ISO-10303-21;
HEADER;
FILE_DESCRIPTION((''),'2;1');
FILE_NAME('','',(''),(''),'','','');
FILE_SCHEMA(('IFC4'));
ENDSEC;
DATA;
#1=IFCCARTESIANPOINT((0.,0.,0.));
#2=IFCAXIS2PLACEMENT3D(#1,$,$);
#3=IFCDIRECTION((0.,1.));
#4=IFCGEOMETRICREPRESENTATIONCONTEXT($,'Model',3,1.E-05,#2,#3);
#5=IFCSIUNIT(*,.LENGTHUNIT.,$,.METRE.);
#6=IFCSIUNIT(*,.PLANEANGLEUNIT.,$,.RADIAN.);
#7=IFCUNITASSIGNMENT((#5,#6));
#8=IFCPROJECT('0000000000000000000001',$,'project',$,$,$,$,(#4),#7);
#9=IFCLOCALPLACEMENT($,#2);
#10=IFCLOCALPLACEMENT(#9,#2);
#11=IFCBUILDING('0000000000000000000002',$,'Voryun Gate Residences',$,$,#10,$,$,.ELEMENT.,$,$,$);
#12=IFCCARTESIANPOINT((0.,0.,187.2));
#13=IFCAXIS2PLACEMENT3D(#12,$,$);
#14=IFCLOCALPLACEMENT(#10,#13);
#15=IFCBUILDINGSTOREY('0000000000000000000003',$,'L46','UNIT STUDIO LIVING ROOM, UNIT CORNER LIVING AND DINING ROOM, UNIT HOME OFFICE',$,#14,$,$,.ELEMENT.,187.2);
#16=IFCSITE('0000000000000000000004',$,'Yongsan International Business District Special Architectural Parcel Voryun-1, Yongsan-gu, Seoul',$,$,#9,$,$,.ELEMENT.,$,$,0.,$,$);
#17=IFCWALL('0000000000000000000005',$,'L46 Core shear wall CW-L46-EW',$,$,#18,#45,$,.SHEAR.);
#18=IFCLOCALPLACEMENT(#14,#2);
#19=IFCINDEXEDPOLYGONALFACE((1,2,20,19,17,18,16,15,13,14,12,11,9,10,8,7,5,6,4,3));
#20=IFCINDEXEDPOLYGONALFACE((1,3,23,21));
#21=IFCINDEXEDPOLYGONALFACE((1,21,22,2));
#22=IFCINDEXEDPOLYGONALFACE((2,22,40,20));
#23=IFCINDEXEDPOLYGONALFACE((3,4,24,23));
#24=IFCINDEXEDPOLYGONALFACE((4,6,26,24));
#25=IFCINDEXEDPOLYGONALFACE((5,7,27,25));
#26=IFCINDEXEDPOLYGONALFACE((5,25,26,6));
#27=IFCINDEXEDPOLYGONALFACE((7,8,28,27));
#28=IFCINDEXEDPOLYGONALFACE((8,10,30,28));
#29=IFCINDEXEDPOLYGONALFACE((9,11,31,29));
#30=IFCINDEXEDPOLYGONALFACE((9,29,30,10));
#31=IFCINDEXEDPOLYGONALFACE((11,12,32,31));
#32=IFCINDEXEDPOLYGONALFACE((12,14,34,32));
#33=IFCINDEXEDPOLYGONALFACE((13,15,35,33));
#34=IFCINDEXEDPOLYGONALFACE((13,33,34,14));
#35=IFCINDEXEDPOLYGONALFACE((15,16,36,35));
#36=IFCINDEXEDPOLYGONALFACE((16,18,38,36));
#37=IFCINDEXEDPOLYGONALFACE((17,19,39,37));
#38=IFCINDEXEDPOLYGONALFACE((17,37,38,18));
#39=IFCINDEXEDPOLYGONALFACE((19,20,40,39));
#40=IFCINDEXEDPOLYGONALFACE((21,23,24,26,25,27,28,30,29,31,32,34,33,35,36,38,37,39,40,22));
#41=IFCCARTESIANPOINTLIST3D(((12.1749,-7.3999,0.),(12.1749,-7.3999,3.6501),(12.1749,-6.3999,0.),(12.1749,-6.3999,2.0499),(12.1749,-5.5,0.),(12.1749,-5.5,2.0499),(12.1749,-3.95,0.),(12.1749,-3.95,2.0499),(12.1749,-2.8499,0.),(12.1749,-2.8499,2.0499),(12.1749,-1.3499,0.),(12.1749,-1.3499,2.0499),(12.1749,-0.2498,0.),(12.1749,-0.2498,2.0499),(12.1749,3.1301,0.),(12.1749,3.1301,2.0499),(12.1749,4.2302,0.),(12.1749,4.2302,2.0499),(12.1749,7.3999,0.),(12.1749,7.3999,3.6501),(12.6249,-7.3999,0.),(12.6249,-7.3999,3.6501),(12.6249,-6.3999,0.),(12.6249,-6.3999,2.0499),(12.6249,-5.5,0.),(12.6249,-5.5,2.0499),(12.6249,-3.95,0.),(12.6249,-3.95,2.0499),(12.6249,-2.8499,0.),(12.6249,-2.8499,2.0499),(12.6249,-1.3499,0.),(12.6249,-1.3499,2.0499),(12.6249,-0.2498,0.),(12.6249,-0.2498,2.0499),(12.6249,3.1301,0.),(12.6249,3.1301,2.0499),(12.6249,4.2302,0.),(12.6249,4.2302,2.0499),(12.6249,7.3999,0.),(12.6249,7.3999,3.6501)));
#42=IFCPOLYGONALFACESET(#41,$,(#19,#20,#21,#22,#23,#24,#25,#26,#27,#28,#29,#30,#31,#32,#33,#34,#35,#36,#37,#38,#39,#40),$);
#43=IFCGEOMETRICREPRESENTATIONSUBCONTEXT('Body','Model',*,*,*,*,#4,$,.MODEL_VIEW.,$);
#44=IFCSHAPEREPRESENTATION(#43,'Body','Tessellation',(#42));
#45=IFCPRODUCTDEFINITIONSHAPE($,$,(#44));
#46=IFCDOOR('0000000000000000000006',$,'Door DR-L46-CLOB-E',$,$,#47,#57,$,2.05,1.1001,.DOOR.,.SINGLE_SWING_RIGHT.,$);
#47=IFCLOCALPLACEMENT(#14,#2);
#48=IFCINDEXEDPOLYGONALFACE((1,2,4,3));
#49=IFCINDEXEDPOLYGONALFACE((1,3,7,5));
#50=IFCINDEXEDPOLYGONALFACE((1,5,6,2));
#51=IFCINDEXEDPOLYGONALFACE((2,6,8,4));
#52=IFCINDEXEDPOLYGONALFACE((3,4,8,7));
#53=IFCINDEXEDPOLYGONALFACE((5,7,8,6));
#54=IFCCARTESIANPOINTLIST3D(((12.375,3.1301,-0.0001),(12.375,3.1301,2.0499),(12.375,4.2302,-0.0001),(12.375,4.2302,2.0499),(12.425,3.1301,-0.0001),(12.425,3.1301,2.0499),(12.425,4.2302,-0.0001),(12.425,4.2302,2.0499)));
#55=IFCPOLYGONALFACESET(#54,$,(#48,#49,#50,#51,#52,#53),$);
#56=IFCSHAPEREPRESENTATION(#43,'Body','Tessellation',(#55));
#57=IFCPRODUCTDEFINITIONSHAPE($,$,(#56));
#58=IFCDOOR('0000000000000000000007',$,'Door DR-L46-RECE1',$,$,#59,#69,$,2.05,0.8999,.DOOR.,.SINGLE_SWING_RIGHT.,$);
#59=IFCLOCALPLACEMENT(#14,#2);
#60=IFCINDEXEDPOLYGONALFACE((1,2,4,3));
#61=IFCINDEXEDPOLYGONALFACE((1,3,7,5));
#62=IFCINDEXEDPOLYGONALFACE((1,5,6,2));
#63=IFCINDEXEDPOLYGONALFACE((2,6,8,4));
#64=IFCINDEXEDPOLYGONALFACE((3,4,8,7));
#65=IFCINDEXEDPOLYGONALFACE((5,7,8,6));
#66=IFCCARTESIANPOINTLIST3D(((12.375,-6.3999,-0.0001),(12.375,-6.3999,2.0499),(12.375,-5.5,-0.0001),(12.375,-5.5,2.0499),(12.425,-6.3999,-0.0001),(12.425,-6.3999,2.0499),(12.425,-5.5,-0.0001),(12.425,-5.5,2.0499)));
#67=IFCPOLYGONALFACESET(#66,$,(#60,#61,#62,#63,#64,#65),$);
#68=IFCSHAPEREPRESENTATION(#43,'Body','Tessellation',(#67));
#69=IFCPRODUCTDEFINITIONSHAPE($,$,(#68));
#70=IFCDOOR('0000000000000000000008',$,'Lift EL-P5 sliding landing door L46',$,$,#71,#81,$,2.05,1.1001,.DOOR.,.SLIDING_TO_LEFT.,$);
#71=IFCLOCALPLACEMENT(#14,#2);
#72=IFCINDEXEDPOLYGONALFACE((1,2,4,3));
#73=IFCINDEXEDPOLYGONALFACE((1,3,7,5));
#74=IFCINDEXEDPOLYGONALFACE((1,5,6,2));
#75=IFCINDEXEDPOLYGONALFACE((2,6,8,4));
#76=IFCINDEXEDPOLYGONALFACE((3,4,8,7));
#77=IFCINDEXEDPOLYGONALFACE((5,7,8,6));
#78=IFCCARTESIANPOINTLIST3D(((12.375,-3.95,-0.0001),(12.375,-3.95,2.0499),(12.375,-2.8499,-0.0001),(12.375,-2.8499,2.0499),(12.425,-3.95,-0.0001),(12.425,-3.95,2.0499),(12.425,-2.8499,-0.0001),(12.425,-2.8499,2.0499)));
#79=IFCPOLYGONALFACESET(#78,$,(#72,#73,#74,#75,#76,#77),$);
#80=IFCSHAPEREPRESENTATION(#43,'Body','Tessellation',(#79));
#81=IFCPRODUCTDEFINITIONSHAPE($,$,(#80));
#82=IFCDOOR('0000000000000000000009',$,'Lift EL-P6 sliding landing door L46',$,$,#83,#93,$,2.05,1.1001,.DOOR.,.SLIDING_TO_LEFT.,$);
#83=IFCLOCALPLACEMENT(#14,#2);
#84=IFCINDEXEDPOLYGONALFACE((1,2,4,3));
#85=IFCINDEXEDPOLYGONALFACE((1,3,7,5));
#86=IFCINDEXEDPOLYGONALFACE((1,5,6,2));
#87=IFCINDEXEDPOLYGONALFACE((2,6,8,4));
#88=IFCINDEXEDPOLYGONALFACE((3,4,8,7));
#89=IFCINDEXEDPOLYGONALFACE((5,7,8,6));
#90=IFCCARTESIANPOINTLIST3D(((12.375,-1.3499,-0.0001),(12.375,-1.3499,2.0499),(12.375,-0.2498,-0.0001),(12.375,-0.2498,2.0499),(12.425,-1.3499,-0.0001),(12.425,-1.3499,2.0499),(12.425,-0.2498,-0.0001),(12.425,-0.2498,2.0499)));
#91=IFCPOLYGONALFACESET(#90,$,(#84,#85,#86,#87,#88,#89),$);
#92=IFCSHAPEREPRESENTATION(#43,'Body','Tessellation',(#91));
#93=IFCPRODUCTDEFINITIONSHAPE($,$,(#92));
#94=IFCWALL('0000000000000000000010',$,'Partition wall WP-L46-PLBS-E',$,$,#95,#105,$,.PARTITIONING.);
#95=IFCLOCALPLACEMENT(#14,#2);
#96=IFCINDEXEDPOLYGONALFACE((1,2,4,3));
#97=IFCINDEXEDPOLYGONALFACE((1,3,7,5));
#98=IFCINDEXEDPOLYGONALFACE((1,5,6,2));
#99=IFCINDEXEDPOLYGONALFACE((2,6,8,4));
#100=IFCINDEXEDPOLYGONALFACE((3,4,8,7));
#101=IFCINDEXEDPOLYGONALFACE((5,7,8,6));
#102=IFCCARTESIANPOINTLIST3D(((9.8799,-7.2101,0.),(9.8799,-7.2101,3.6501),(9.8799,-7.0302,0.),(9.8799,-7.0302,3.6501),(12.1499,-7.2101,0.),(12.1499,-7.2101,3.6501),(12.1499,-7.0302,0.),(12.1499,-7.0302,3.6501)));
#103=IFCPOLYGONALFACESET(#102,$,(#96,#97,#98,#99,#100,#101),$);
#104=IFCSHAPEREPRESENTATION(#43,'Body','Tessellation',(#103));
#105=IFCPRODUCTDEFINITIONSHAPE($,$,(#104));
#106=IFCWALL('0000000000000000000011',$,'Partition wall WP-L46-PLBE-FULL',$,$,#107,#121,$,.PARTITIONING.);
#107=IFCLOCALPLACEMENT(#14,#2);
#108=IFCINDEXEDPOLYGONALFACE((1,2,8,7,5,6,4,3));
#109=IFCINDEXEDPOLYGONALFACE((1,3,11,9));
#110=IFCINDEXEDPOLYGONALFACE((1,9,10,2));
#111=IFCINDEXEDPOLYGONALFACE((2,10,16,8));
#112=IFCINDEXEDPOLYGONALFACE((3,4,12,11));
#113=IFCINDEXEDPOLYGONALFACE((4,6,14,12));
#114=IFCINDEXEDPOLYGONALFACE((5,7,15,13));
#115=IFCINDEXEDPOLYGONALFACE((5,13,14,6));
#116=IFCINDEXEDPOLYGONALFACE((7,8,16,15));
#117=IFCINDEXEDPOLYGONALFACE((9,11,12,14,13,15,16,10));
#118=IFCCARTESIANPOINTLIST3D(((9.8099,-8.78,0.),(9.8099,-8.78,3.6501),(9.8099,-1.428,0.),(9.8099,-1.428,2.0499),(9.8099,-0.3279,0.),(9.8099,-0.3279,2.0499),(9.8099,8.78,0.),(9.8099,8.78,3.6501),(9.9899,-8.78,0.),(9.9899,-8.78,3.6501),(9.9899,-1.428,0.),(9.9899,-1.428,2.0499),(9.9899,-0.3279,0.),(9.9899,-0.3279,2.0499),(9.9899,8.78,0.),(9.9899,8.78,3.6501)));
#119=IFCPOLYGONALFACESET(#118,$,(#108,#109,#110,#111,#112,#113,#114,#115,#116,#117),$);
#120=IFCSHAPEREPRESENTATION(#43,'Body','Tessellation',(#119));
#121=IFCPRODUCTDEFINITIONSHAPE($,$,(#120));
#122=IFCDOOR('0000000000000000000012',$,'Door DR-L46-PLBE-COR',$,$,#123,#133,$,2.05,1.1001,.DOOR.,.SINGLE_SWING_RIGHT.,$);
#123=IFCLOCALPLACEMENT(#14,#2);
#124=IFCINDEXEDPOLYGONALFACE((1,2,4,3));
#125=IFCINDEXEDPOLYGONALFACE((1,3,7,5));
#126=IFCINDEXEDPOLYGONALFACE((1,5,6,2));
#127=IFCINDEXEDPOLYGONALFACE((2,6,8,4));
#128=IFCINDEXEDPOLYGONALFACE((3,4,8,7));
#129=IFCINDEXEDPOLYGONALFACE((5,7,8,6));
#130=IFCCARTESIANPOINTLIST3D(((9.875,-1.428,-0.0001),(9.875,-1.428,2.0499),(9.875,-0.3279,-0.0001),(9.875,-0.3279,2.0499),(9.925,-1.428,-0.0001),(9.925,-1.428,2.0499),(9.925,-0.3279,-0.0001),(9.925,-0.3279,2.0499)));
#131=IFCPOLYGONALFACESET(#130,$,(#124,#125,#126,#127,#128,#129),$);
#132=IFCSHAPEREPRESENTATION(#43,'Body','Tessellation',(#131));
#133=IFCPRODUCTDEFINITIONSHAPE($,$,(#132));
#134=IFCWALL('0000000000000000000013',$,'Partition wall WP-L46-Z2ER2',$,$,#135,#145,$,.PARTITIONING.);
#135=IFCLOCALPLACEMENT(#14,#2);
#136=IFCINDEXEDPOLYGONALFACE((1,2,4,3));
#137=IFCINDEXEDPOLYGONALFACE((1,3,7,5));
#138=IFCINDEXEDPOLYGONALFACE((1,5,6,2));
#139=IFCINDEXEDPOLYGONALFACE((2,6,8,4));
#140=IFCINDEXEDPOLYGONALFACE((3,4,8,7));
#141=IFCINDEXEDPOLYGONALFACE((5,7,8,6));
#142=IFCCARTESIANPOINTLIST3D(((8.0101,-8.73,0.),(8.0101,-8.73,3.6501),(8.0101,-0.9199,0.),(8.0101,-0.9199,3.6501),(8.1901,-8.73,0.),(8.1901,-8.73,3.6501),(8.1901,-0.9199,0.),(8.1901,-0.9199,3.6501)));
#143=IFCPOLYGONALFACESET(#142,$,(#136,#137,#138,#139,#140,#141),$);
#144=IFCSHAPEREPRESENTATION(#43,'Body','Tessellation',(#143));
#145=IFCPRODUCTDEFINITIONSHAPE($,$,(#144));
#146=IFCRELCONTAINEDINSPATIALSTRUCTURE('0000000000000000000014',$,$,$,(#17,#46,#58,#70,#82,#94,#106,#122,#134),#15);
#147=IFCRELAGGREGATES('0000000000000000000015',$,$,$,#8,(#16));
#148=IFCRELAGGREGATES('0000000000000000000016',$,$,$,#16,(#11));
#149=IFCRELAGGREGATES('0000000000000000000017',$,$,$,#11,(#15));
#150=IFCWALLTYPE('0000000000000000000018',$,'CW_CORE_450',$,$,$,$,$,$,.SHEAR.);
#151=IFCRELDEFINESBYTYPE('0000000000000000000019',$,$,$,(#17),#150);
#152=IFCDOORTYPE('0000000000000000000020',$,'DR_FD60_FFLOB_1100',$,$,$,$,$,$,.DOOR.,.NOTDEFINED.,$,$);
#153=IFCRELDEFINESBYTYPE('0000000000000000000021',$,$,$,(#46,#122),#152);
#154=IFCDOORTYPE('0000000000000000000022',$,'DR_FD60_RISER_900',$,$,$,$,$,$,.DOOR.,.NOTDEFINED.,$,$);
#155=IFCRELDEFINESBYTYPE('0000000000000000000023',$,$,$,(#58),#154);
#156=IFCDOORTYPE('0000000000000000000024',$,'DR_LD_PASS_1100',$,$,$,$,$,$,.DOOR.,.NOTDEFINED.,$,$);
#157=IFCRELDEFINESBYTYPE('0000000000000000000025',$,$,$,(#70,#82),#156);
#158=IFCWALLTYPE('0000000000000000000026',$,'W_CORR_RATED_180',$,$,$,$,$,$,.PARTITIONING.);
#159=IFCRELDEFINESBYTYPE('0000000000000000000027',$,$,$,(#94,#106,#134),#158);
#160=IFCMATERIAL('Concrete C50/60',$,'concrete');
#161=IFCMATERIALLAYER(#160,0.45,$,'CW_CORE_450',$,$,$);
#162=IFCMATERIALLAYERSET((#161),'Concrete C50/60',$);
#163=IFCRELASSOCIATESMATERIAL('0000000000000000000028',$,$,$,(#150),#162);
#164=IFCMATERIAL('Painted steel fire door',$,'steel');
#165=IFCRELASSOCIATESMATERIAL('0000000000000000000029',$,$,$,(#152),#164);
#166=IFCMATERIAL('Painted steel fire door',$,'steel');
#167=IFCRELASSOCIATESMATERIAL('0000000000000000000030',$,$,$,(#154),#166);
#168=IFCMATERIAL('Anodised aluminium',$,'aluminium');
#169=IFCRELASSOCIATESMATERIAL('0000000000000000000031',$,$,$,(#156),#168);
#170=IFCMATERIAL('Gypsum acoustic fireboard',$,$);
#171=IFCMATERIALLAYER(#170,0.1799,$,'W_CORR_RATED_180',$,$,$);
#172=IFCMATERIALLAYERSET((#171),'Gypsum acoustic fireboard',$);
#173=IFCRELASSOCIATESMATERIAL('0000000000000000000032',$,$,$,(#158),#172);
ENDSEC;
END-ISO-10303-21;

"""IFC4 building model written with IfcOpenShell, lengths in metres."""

from ifc_helpers import new_model, si_unit, direction, frame, frame_2d, origin, place, context, subcontext, project, spatial, rectangle, extrude, material, layer, layer_set, type_object, element, fill, save


model = new_model("IFC4")

# Units and contexts
model_context = context("Model", 3, precision=1e-05, world=origin(), true_north=direction((0.0, 1.0)))
body_context = subcontext(model_context, "Body", "Model", "MODEL_VIEW")
ifc_project = project(units=[si_unit("LENGTHUNIT", "METRE"), si_unit("PLANEANGLEUNIT", "RADIAN")], contexts=[model_context])

# Site, building, storey
site_placement = place(None, origin())
site = spatial("IfcSite", under=ifc_project, at=site_placement, Name="Yongsan International Business District Special Architectural Parcel Voryun-1, Yongsan-gu, Seoul", CompositionType="ELEMENT", RefElevation=0.0)
building_placement = place(site_placement, origin())
building = spatial("IfcBuilding", under=site, at=building_placement, Name="Voryun Gate Residences", CompositionType="ELEMENT")
storey_placement = place(building_placement, frame((0.0, 0.0, 187.2)))
storey = spatial("IfcBuildingStorey", under=building, at=storey_placement, Name="L46", Description="UNIT STUDIO LIVING ROOM, UNIT CORNER LIVING AND DINING ROOM, UNIT HOME OFFICE", CompositionType="ELEMENT", Elevation=187.2)

# Shared definitions
ifc_material_1 = material(Name="Concrete C50/60", Category="concrete")
ifc_layer_1 = layer(ifc_material_1, 0.45, Name="CW_CORE_450")
ifc_layer_set_1 = layer_set([ifc_layer_1], Name="Concrete C50/60")
wall_type_1 = type_object("IfcWallType", Name="CW_CORE_450", PredefinedType="SHEAR", material=ifc_layer_set_1)

# Wall, openings, doors
wall_1_placement = place(storey_placement, frame((12.3999, -7.3999, 0.0), z_axis=(0.0, 0.0, 1.0), x_axis=(0.0, 1.0, 0.0)))
wall_1 = element("IfcWall", 1, at=wall_1_placement, inside=storey, type_object=wall_type_1, Name="L46 Core shear wall CW-L46-EW", PredefinedType="SHEAR", context=body_context, shape_type="SweptSolid", body=[
    extrude(rectangle(XDim=14.7998, YDim=0.45, at=frame_2d((7.3999, 0.0))), origin(), (0.0, 0.0, 1.0), 3.6501),
])
opening_1_placement = place(wall_1_placement, frame((3.45, 0.0, 0.0)))
opening_1 = element("IfcOpeningElement", 2, at=opening_1_placement, cuts=wall_1, PredefinedType="OPENING", context=body_context, shape_type="SweptSolid", body=[
    extrude(rectangle(XDim=1.1001, YDim=2.05, at=frame_2d((0.55, 1.0249))), frame((0.0, 0.2351, 0.0), z_axis=(0.0, -1.0, 0.0), x_axis=(1.0, 0.0, 0.0)), (0.0, 0.0, 1.0), 0.47),
])
opening_2_placement = place(wall_1_placement, frame((6.05, 0.0, 0.0)))
opening_2 = element("IfcOpeningElement", 3, at=opening_2_placement, cuts=wall_1, PredefinedType="OPENING", context=body_context, shape_type="SweptSolid", body=[
    extrude(rectangle(XDim=1.1001, YDim=2.05, at=frame_2d((0.55, 1.0249))), frame((0.0, 0.2351, 0.0), z_axis=(0.0, -1.0, 0.0), x_axis=(1.0, 0.0, 0.0)), (0.0, 0.0, 1.0), 0.47),
])
opening_3_placement = place(wall_1_placement, frame((10.53, 0.0, 0.0)))
opening_3 = element("IfcOpeningElement", 4, at=opening_3_placement, cuts=wall_1, PredefinedType="OPENING", context=body_context, shape_type="SweptSolid", body=[
    extrude(rectangle(XDim=1.1001, YDim=2.05, at=frame_2d((0.55, 1.0249))), frame((0.0, 0.2351, 0.0), z_axis=(0.0, -1.0, 0.0), x_axis=(1.0, 0.0, 0.0)), (0.0, 0.0, 1.0), 0.47),
])
opening_4_placement = place(wall_1_placement, frame((1.0, 0.0, 0.0)))
opening_4 = element("IfcOpeningElement", 5, at=opening_4_placement, cuts=wall_1, PredefinedType="OPENING", context=body_context, shape_type="SweptSolid", body=[
    extrude(rectangle(XDim=0.8999, YDim=2.05, at=frame_2d((0.45, 1.0249))), frame((0.0, 0.2351, 0.0), z_axis=(0.0, -1.0, 0.0), x_axis=(1.0, 0.0, 0.0)), (0.0, 0.0, 1.0), 0.47),
])
ifc_material_2 = material(Name="Painted steel fire door", Category="steel")
door_type_1 = type_object("IfcDoorType", Name="DR_FD60_FFLOB_1100", OperationType="NOTDEFINED", PredefinedType="DOOR", material=ifc_material_2)
door_1_placement = place(opening_3_placement, origin())
door_1 = element("IfcDoor", 6, at=door_1_placement, inside=storey, type_object=door_type_1, Name="Door DR-L46-CLOB-E", OperationType="SINGLE_SWING_RIGHT", OverallHeight=2.05, OverallWidth=1.1001, PredefinedType="DOOR", context=body_context, shape_type="SweptSolid", body=[
    extrude(rectangle(XDim=1.1001, YDim=2.05, at=frame_2d((0.55, 1.0249))), frame((0.0, 0.0249, 0.0), z_axis=(0.0, -1.0, 0.0), x_axis=(1.0, 0.0, 0.0)), (0.0, 0.0, 1.0), 0.05),
])
fill(opening_3, door_1)
ifc_material_3 = material(Name="Painted steel fire door", Category="steel")
door_type_2 = type_object("IfcDoorType", Name="DR_FD60_RISER_900", OperationType="NOTDEFINED", PredefinedType="DOOR", material=ifc_material_3)
door_2_placement = place(opening_4_placement, origin())
door_2 = element("IfcDoor", 7, at=door_2_placement, inside=storey, type_object=door_type_2, Name="Door DR-L46-RECE1", OperationType="SINGLE_SWING_RIGHT", OverallHeight=2.05, OverallWidth=0.8999, PredefinedType="DOOR", context=body_context, shape_type="SweptSolid", body=[
    extrude(rectangle(XDim=0.8999, YDim=2.05, at=frame_2d((0.45, 1.0249))), frame((0.0, 0.0249, 0.0), z_axis=(0.0, -1.0, 0.0), x_axis=(1.0, 0.0, 0.0)), (0.0, 0.0, 1.0), 0.05),
])
fill(opening_4, door_2)
ifc_material_4 = material(Name="Anodised aluminium", Category="aluminium")
door_type_3 = type_object("IfcDoorType", Name="DR_LD_PASS_1100", OperationType="NOTDEFINED", PredefinedType="DOOR", material=ifc_material_4)
door_3_placement = place(opening_1_placement, origin())
door_3 = element("IfcDoor", 8, at=door_3_placement, inside=storey, type_object=door_type_3, Name="Lift EL-P5 sliding landing door L46", OperationType="SLIDING_TO_LEFT", OverallHeight=2.05, OverallWidth=1.1001, PredefinedType="DOOR", context=body_context, shape_type="SweptSolid", body=[
    extrude(rectangle(XDim=1.1001, YDim=2.05, at=frame_2d((0.55, 1.0249))), frame((0.0, 0.0249, 0.0), z_axis=(0.0, -1.0, 0.0), x_axis=(1.0, 0.0, 0.0)), (0.0, 0.0, 1.0), 0.05),
])
fill(opening_1, door_3)
door_4_placement = place(opening_2_placement, origin())
door_4 = element("IfcDoor", 9, at=door_4_placement, inside=storey, type_object=door_type_3, Name="Lift EL-P6 sliding landing door L46", OperationType="SLIDING_TO_LEFT", OverallHeight=2.05, OverallWidth=1.1001, PredefinedType="DOOR", context=body_context, shape_type="SweptSolid", body=[
    extrude(rectangle(XDim=1.1001, YDim=2.05, at=frame_2d((0.55, 1.0249))), frame((0.0, 0.0249, 0.0), z_axis=(0.0, -1.0, 0.0), x_axis=(1.0, 0.0, 0.0)), (0.0, 0.0, 1.0), 0.05),
])
fill(opening_2, door_4)

# Wall
ifc_material_5 = material(Name="Gypsum acoustic fireboard")
ifc_layer_2 = layer(ifc_material_5, 0.1799, Name="W_CORR_RATED_180")
ifc_layer_set_2 = layer_set([ifc_layer_2], Name="Gypsum acoustic fireboard")
wall_type_2 = type_object("IfcWallType", Name="W_CORR_RATED_180", PredefinedType="PARTITIONING", material=ifc_layer_set_2)
wall_2_placement = place(storey_placement, frame((9.8799, -7.1201, 0.0), z_axis=(0.0, 0.0, 1.0), x_axis=(1.0, 0.0, 0.0)))
element("IfcWall", 10, at=wall_2_placement, inside=storey, type_object=wall_type_2, Name="Partition wall WP-L46-PLBS-E", PredefinedType="PARTITIONING", context=body_context, shape_type="SweptSolid", body=[
    extrude(rectangle(XDim=2.27, YDim=0.1799, at=frame_2d((1.135, 0.0))), origin(), (0.0, 0.0, 1.0), 3.6501),
])

# Wall, opening, door
wall_3_placement = place(storey_placement, frame((9.8999, -8.78, 0.0), z_axis=(0.0, 0.0, 1.0), x_axis=(0.0, 1.0, 0.0)))
wall_3 = element("IfcWall", 11, at=wall_3_placement, inside=storey, type_object=wall_type_2, Name="Partition wall WP-L46-PLBE-FULL", PredefinedType="PARTITIONING", context=body_context, shape_type="SweptSolid", body=[
    extrude(rectangle(XDim=17.5601, YDim=0.1799, at=frame_2d((8.78, 0.0))), origin(), (0.0, 0.0, 1.0), 3.6501),
])
opening_5_placement = place(wall_3_placement, frame((7.3521, 0.0, 0.0)))
opening_5 = element("IfcOpeningElement", 12, at=opening_5_placement, cuts=wall_3, PredefinedType="OPENING", context=body_context, shape_type="SweptSolid", body=[
    extrude(rectangle(XDim=1.1001, YDim=2.05, at=frame_2d((0.55, 1.0249))), frame((0.0, 0.0999, 0.0), z_axis=(0.0, -1.0, 0.0), x_axis=(1.0, 0.0, 0.0)), (0.0, 0.0, 1.0), 0.2),
])
door_5_placement = place(opening_5_placement, origin())
door_5 = element("IfcDoor", 13, at=door_5_placement, inside=storey, type_object=door_type_1, Name="Door DR-L46-PLBE-COR", OperationType="SINGLE_SWING_RIGHT", OverallHeight=2.05, OverallWidth=1.1001, PredefinedType="DOOR", context=body_context, shape_type="SweptSolid", body=[
    extrude(rectangle(XDim=1.1001, YDim=2.05, at=frame_2d((0.55, 1.0249))), frame((0.0, 0.0249, 0.0), z_axis=(0.0, -1.0, 0.0), x_axis=(1.0, 0.0, 0.0)), (0.0, 0.0, 1.0), 0.05),
])
fill(opening_5, door_5)

# Wall
wall_4_placement = place(storey_placement, frame((8.1001, -8.73, 0.0), z_axis=(0.0, 0.0, 1.0), x_axis=(0.0, 1.0, 0.0)))
element("IfcWall", 14, at=wall_4_placement, inside=storey, type_object=wall_type_2, Name="Partition wall WP-L46-Z2ER2", PredefinedType="PARTITIONING", context=body_context, shape_type="SweptSolid", body=[
    extrude(rectangle(XDim=7.8101, YDim=0.1799, at=frame_2d((3.905, 0.0))), origin(), (0.0, 0.0, 1.0), 3.6501),
])

save(model, "model.ifc")
